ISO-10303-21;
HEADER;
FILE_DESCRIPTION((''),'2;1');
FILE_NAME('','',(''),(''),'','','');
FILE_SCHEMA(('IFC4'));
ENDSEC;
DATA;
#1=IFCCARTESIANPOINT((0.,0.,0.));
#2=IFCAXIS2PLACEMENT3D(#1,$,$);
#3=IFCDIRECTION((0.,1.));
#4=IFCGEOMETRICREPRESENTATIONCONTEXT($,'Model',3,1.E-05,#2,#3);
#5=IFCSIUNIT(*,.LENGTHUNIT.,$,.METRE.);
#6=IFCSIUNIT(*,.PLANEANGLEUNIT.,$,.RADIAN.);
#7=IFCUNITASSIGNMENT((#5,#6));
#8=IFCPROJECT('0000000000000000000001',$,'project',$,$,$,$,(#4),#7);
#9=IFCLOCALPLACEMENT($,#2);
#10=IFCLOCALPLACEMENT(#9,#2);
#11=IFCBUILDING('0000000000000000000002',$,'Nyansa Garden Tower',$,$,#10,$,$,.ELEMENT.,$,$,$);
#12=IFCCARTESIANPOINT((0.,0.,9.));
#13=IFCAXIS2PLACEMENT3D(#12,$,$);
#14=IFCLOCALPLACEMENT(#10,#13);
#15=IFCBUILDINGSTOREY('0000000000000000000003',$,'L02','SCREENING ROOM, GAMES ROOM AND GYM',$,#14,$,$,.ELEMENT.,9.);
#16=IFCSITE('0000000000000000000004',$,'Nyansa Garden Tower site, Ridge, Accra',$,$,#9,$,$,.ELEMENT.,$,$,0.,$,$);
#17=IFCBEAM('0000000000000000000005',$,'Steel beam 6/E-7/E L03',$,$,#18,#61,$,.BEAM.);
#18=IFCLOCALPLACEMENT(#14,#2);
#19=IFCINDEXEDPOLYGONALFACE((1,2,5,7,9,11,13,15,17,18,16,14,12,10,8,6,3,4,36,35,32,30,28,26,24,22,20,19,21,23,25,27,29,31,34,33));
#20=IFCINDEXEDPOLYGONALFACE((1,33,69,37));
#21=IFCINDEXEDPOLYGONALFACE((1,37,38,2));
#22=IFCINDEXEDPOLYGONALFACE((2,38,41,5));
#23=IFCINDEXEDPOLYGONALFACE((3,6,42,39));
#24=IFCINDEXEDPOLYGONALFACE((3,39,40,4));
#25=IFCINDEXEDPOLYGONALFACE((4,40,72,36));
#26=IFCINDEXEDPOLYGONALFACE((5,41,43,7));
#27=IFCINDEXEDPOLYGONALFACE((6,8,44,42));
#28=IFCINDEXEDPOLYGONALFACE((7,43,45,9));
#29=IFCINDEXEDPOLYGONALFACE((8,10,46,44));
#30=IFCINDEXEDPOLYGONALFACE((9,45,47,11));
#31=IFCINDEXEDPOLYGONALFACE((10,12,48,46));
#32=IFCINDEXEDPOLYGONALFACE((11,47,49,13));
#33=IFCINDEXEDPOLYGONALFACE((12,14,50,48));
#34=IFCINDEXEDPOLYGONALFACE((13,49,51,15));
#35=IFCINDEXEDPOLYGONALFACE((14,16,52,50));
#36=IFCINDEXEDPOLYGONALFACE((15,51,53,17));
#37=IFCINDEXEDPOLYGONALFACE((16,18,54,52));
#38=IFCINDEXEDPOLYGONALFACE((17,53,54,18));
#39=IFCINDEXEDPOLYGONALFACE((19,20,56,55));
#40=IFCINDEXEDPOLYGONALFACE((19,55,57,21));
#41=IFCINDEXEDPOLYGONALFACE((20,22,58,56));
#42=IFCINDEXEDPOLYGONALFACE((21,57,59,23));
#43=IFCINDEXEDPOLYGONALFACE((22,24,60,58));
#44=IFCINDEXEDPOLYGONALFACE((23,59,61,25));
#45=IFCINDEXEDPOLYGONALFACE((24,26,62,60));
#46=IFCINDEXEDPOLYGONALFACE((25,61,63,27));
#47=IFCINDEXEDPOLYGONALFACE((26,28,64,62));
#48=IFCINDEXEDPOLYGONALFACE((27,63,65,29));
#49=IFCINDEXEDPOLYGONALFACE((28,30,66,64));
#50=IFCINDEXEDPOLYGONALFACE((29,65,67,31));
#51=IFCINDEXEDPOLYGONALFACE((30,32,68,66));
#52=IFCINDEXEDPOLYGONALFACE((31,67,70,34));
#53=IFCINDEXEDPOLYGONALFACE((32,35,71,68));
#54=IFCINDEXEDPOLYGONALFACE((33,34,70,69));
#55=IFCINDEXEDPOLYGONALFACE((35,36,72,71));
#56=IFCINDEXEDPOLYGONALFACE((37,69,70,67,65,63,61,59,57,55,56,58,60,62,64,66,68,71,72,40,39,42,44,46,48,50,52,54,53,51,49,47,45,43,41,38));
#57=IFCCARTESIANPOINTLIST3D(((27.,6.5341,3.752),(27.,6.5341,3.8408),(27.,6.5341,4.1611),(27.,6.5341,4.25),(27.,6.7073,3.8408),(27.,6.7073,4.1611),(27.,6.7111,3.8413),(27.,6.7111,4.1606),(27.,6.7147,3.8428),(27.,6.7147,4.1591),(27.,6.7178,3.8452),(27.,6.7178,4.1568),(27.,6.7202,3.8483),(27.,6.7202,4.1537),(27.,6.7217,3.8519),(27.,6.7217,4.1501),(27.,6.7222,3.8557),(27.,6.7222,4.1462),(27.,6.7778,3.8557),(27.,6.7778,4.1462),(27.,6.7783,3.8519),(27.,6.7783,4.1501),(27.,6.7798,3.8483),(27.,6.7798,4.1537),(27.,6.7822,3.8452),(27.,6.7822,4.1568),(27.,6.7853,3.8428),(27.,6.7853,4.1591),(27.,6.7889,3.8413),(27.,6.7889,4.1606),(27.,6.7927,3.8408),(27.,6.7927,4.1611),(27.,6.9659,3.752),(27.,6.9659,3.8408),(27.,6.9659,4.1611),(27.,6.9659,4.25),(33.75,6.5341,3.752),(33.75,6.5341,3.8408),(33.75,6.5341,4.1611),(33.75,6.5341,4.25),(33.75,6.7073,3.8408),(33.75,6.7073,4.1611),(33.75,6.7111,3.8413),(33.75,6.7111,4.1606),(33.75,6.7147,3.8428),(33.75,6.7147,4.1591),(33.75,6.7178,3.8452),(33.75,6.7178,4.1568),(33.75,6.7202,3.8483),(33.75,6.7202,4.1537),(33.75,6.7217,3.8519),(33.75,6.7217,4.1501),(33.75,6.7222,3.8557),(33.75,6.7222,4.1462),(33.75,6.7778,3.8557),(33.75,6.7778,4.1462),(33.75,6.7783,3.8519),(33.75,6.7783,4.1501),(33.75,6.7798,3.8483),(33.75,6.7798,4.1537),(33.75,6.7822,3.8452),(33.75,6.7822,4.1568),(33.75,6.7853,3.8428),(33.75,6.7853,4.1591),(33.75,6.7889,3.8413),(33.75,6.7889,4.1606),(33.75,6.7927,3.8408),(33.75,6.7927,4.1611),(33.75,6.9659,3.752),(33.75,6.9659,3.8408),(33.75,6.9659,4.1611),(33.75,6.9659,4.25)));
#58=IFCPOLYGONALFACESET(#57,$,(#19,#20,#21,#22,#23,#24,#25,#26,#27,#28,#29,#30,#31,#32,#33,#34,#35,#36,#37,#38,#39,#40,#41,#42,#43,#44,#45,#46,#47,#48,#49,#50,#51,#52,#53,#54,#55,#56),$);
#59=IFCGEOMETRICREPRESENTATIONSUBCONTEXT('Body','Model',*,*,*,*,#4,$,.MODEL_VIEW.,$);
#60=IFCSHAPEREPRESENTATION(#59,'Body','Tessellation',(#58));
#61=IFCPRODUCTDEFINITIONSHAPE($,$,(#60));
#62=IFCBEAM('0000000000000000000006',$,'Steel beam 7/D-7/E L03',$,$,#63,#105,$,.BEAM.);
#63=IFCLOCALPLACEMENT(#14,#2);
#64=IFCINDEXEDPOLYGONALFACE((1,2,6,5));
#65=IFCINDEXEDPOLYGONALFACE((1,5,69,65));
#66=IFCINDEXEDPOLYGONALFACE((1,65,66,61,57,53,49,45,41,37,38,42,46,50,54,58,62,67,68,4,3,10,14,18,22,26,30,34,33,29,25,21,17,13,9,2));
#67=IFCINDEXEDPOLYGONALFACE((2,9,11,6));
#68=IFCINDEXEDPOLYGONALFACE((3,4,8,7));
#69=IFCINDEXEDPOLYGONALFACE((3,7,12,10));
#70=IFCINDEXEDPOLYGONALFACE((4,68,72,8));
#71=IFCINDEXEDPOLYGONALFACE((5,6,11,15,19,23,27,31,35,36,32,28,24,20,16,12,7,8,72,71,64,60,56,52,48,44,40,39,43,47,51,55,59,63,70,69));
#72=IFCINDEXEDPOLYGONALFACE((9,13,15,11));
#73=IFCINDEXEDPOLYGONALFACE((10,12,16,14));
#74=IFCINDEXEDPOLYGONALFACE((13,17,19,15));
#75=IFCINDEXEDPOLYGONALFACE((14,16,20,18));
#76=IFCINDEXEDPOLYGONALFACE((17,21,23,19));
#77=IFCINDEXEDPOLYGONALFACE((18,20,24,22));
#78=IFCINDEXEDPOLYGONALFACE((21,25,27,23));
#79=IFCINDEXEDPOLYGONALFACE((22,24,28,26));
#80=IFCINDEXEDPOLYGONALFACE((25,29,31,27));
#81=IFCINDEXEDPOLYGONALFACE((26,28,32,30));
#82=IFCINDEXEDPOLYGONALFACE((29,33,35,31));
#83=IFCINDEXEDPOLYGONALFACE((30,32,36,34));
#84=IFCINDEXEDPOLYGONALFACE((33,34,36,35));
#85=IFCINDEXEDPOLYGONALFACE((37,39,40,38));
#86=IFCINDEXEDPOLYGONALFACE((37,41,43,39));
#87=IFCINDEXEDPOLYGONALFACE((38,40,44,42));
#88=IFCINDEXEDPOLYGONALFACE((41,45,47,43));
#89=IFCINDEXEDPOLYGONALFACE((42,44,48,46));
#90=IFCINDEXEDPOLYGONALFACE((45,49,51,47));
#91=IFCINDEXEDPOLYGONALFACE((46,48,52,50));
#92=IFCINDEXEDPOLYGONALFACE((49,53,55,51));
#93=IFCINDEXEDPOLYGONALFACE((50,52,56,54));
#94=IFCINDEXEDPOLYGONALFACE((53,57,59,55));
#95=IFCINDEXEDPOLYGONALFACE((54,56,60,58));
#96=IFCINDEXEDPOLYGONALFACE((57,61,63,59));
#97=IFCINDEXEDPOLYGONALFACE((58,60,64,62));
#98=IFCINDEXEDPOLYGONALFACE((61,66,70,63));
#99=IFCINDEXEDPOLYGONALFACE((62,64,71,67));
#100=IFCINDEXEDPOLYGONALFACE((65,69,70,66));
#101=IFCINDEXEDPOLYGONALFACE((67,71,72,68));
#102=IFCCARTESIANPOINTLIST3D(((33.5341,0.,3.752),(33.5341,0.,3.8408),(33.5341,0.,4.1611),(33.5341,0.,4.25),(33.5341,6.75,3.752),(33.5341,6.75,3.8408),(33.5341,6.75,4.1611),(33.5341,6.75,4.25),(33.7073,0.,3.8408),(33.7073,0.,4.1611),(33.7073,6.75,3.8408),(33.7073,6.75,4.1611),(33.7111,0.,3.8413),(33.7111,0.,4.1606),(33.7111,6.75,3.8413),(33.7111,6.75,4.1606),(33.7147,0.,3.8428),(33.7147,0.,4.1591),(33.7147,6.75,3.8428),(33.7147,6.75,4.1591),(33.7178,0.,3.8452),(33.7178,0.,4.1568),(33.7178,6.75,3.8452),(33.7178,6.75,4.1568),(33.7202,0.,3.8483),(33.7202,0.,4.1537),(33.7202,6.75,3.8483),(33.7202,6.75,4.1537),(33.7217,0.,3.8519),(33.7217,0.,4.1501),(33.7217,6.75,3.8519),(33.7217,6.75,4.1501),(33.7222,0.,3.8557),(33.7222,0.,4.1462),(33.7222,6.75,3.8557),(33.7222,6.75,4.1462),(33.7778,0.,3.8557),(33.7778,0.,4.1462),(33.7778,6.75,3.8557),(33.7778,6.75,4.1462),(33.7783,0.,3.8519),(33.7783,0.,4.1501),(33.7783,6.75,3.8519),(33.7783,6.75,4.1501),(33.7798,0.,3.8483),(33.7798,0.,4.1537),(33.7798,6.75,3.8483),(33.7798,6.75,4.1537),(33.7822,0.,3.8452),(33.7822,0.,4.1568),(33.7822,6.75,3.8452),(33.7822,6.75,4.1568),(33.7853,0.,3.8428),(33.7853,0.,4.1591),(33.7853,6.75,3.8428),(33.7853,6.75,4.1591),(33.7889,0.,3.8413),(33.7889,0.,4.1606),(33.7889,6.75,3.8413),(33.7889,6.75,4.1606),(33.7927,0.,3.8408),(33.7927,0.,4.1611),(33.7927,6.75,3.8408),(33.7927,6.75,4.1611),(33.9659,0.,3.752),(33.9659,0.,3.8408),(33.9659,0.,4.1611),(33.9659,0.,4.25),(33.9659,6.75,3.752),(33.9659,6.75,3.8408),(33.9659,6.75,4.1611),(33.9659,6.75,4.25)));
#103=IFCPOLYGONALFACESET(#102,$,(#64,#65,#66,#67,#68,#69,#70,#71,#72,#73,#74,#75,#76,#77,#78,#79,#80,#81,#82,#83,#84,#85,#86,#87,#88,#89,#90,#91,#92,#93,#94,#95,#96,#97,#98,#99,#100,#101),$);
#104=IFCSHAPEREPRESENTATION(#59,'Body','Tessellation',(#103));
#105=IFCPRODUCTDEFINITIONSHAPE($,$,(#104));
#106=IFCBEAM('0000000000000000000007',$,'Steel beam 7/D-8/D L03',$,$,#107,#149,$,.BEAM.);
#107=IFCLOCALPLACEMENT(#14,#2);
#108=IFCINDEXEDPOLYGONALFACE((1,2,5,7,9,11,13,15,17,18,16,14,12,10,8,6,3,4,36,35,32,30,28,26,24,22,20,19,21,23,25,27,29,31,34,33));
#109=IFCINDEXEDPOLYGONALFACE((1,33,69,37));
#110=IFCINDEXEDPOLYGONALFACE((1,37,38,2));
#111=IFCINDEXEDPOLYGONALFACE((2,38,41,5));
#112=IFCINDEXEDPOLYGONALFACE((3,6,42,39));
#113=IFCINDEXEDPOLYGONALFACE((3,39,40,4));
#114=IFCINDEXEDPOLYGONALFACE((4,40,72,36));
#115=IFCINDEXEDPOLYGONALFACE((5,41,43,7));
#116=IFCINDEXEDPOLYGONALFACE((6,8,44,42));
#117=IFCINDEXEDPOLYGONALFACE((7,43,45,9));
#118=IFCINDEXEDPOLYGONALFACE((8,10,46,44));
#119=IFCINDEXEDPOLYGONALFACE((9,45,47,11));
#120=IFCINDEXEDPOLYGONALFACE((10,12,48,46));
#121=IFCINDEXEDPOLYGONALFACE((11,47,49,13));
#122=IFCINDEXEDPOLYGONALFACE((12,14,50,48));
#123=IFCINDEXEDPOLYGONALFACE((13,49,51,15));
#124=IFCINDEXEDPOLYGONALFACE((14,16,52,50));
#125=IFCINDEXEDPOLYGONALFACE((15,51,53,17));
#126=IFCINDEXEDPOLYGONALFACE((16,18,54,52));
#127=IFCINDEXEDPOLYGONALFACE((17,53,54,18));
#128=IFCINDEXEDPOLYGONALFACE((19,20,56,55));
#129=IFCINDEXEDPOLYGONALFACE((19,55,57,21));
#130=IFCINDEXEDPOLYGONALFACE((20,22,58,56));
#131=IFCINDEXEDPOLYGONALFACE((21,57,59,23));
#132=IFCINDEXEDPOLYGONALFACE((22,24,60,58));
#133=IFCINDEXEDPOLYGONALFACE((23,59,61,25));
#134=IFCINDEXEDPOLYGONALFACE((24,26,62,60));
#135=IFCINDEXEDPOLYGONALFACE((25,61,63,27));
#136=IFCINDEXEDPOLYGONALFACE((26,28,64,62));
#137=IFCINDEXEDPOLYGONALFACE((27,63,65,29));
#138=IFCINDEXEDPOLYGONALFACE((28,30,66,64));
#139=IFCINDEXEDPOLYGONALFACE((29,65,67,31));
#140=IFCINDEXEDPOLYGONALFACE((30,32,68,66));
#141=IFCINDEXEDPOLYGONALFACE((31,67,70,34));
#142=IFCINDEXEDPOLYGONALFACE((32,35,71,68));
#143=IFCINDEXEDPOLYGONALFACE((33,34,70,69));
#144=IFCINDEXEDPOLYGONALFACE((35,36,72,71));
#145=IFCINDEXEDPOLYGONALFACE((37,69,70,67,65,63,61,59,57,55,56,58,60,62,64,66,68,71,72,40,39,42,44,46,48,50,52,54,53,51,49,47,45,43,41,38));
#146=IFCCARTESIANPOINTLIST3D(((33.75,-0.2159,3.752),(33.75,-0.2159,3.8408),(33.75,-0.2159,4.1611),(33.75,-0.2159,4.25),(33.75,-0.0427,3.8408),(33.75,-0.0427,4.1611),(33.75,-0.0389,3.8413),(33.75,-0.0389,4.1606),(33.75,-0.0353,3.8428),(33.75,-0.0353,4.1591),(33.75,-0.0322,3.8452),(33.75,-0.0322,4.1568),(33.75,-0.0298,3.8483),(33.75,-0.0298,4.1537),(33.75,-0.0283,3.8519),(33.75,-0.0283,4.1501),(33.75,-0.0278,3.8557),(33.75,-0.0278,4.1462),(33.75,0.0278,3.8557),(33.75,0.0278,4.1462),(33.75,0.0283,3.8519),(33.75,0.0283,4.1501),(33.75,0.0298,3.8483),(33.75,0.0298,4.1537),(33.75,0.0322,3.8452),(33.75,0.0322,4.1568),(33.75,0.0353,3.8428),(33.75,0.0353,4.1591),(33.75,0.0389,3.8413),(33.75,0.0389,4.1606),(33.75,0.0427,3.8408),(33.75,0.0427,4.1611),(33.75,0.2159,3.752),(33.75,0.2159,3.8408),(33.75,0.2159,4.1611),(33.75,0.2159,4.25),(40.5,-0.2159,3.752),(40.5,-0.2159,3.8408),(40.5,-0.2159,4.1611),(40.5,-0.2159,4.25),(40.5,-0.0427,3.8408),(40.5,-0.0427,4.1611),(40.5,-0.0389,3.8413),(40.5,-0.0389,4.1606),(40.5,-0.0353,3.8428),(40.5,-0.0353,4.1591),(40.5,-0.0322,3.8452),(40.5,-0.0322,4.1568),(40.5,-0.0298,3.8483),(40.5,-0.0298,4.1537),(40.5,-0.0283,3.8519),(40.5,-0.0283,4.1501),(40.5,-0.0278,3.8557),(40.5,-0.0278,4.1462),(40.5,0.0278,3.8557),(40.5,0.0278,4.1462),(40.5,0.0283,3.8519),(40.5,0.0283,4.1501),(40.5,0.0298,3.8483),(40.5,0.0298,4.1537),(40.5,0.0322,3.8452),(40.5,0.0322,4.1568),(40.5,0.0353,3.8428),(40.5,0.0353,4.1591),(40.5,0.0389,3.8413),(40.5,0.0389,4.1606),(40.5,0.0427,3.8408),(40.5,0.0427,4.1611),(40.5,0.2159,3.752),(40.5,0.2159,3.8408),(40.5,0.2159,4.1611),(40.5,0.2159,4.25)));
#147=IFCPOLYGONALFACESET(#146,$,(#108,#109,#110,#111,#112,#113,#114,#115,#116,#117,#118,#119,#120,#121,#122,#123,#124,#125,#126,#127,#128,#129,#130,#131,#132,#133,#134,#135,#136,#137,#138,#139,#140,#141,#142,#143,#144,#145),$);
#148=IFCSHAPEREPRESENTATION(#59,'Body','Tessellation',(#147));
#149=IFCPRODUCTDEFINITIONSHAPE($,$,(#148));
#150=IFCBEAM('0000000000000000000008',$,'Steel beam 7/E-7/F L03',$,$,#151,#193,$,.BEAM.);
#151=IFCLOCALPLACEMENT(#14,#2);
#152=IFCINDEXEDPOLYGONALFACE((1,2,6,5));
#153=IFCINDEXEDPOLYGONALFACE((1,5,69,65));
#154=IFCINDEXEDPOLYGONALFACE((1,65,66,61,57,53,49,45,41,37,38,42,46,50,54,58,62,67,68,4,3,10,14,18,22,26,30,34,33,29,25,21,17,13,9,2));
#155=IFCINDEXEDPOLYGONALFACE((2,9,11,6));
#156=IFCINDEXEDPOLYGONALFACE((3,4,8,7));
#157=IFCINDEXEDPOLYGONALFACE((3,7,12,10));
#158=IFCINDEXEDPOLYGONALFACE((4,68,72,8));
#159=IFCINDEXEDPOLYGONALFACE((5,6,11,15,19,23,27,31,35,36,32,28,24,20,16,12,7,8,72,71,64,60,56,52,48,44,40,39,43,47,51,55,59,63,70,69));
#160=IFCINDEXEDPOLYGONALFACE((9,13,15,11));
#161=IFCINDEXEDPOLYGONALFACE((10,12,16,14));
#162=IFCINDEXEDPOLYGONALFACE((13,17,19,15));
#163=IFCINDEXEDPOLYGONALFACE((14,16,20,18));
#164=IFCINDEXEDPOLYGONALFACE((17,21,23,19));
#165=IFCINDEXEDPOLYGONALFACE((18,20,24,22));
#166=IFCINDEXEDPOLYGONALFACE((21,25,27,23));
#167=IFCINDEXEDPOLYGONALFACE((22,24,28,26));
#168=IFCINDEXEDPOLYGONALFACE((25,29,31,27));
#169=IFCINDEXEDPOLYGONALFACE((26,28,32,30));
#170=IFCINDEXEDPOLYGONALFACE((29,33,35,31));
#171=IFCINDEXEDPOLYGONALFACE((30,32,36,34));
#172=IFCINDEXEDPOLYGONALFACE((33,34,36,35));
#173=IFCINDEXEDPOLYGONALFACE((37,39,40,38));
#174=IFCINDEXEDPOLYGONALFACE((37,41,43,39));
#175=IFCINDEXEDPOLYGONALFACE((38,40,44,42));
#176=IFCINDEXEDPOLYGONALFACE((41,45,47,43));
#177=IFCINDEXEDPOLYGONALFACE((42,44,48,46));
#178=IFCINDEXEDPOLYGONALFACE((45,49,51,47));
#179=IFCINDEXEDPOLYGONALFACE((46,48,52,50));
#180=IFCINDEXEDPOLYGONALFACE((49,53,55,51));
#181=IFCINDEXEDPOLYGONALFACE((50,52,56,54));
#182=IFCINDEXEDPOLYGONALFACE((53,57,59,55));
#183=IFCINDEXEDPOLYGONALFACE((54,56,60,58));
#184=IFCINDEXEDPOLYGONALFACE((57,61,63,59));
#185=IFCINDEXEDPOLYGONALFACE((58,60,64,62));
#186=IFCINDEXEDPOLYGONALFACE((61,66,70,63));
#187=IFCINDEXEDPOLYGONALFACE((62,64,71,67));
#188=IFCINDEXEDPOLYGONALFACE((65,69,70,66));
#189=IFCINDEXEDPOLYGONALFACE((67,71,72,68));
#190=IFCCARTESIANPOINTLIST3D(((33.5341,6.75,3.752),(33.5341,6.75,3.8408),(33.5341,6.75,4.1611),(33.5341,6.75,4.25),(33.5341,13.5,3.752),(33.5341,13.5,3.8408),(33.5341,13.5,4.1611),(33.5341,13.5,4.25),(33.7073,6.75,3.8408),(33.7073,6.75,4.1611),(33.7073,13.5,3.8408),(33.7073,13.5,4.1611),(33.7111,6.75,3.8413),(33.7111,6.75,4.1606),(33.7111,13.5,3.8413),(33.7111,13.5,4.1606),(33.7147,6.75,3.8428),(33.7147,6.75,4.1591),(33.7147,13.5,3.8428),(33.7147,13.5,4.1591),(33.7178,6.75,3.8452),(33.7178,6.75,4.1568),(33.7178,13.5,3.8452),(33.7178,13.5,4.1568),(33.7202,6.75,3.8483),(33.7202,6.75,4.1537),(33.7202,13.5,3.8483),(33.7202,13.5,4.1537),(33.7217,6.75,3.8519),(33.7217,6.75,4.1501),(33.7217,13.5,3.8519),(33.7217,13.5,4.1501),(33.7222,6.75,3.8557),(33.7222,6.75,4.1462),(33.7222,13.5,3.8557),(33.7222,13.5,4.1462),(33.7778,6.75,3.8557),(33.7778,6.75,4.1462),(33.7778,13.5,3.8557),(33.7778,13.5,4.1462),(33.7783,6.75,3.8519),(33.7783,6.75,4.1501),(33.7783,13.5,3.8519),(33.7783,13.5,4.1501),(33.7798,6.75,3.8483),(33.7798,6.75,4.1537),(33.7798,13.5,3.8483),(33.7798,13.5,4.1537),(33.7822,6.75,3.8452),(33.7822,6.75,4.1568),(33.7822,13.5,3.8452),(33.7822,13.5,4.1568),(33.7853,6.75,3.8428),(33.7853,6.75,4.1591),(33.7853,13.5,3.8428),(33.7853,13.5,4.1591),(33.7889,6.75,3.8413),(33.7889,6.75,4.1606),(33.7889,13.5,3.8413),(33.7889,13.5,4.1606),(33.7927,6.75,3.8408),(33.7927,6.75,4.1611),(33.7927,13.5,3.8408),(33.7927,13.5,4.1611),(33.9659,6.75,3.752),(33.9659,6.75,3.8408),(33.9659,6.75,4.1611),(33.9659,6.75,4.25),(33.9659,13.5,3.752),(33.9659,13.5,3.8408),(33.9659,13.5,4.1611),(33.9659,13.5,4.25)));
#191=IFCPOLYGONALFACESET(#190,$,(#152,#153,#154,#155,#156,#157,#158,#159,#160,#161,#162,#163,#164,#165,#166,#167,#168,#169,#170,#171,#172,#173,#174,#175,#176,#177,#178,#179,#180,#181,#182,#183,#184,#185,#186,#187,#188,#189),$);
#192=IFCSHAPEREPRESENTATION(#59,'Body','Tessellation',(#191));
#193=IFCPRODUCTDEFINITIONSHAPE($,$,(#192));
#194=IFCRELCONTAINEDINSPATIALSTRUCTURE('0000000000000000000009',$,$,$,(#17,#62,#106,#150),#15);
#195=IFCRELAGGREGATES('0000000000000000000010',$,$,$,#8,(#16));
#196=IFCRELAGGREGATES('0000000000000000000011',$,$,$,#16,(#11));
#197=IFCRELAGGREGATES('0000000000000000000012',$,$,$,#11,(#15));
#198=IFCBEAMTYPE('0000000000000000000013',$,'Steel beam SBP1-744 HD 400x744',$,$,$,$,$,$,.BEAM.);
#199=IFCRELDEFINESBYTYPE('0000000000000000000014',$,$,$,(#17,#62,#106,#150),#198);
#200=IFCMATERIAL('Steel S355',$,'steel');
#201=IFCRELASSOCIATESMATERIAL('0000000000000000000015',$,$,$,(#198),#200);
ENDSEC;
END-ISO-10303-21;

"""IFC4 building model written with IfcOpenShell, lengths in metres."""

from ifc_helpers import new_model, si_unit, direction, frame, origin, origin_2d, place, context, subcontext, project, spatial, i_section, extrude, material, material_profile, profile_set, type_object, element, save


model = new_model("IFC4")

# Units and contexts
model_context = context("Model", 3, precision=1e-05, world=origin(), true_north=direction((0.0, 1.0)))
body_context = subcontext(model_context, "Body", "Model", "MODEL_VIEW")
ifc_project = project(units=[si_unit("LENGTHUNIT", "METRE"), si_unit("PLANEANGLEUNIT", "RADIAN")], contexts=[model_context])

# Site, building, storey
site_placement = place(None, origin())
site = spatial("IfcSite", under=ifc_project, at=site_placement, Name="Nyansa Garden Tower site, Ridge, Accra", CompositionType="ELEMENT", RefElevation=0.0)
building_placement = place(site_placement, origin())
building = spatial("IfcBuilding", under=site, at=building_placement, Name="Nyansa Garden Tower", CompositionType="ELEMENT")
storey_placement = place(building_placement, frame((0.0, 0.0, 9.0)))
storey = spatial("IfcBuildingStorey", under=building, at=storey_placement, Name="L02", Description="SCREENING ROOM, GAMES ROOM AND GYM", CompositionType="ELEMENT", Elevation=9.0)

# Beams
ifc_material_1 = material(Name="Steel S355", Category="steel")
ifc_material_profile_1 = material_profile(ifc_material_1, i_section(OverallWidth=0.4319, OverallDepth=0.498, WebThickness=0.0557, FlangeThickness=0.0889, FilletRadius=0.0149, at=origin_2d()), Name="HD 400x744")
ifc_profile_set_1 = profile_set([ifc_material_profile_1], Name="Steel S355")
beam_type = type_object("IfcBeamType", Name="Steel beam SBP1-744 HD 400x744", PredefinedType="BEAM", material=ifc_profile_set_1)
for number, where, z_axis, x_axis, name in (
    (1, (27.0, 6.75, 4.001), (1.0, 0.0, 0.0), (0.0, 1.0, 0.0), "Steel beam 6/E-7/E L03"),
    (2, (33.75, 0.0, 4.001), (0.0, 1.0, 0.0), (-1.0, 0.0, 0.0), "Steel beam 7/D-7/E L03"),
    (3, (33.75, 0.0, 4.001), (1.0, 0.0, 0.0), (0.0, 1.0, 0.0), "Steel beam 7/D-8/D L03"),
    (4, (33.75, 6.75, 4.001), (0.0, 1.0, 0.0), (-1.0, 0.0, 0.0), "Steel beam 7/E-7/F L03"),
):
    element("IfcBeam", number, at=place(storey_placement, frame(where, z_axis=z_axis, x_axis=x_axis)), inside=storey, type_object=beam_type, Name=name, PredefinedType="BEAM", context=body_context, shape_type="SweptSolid", body=[
        extrude(i_section(OverallWidth=0.4319, OverallDepth=0.498, WebThickness=0.0557, FlangeThickness=0.0889, FilletRadius=0.0149, at=origin_2d()), origin(), (0.0, 0.0, 1.0), 6.75),
    ])

save(model, "model.ifc")
